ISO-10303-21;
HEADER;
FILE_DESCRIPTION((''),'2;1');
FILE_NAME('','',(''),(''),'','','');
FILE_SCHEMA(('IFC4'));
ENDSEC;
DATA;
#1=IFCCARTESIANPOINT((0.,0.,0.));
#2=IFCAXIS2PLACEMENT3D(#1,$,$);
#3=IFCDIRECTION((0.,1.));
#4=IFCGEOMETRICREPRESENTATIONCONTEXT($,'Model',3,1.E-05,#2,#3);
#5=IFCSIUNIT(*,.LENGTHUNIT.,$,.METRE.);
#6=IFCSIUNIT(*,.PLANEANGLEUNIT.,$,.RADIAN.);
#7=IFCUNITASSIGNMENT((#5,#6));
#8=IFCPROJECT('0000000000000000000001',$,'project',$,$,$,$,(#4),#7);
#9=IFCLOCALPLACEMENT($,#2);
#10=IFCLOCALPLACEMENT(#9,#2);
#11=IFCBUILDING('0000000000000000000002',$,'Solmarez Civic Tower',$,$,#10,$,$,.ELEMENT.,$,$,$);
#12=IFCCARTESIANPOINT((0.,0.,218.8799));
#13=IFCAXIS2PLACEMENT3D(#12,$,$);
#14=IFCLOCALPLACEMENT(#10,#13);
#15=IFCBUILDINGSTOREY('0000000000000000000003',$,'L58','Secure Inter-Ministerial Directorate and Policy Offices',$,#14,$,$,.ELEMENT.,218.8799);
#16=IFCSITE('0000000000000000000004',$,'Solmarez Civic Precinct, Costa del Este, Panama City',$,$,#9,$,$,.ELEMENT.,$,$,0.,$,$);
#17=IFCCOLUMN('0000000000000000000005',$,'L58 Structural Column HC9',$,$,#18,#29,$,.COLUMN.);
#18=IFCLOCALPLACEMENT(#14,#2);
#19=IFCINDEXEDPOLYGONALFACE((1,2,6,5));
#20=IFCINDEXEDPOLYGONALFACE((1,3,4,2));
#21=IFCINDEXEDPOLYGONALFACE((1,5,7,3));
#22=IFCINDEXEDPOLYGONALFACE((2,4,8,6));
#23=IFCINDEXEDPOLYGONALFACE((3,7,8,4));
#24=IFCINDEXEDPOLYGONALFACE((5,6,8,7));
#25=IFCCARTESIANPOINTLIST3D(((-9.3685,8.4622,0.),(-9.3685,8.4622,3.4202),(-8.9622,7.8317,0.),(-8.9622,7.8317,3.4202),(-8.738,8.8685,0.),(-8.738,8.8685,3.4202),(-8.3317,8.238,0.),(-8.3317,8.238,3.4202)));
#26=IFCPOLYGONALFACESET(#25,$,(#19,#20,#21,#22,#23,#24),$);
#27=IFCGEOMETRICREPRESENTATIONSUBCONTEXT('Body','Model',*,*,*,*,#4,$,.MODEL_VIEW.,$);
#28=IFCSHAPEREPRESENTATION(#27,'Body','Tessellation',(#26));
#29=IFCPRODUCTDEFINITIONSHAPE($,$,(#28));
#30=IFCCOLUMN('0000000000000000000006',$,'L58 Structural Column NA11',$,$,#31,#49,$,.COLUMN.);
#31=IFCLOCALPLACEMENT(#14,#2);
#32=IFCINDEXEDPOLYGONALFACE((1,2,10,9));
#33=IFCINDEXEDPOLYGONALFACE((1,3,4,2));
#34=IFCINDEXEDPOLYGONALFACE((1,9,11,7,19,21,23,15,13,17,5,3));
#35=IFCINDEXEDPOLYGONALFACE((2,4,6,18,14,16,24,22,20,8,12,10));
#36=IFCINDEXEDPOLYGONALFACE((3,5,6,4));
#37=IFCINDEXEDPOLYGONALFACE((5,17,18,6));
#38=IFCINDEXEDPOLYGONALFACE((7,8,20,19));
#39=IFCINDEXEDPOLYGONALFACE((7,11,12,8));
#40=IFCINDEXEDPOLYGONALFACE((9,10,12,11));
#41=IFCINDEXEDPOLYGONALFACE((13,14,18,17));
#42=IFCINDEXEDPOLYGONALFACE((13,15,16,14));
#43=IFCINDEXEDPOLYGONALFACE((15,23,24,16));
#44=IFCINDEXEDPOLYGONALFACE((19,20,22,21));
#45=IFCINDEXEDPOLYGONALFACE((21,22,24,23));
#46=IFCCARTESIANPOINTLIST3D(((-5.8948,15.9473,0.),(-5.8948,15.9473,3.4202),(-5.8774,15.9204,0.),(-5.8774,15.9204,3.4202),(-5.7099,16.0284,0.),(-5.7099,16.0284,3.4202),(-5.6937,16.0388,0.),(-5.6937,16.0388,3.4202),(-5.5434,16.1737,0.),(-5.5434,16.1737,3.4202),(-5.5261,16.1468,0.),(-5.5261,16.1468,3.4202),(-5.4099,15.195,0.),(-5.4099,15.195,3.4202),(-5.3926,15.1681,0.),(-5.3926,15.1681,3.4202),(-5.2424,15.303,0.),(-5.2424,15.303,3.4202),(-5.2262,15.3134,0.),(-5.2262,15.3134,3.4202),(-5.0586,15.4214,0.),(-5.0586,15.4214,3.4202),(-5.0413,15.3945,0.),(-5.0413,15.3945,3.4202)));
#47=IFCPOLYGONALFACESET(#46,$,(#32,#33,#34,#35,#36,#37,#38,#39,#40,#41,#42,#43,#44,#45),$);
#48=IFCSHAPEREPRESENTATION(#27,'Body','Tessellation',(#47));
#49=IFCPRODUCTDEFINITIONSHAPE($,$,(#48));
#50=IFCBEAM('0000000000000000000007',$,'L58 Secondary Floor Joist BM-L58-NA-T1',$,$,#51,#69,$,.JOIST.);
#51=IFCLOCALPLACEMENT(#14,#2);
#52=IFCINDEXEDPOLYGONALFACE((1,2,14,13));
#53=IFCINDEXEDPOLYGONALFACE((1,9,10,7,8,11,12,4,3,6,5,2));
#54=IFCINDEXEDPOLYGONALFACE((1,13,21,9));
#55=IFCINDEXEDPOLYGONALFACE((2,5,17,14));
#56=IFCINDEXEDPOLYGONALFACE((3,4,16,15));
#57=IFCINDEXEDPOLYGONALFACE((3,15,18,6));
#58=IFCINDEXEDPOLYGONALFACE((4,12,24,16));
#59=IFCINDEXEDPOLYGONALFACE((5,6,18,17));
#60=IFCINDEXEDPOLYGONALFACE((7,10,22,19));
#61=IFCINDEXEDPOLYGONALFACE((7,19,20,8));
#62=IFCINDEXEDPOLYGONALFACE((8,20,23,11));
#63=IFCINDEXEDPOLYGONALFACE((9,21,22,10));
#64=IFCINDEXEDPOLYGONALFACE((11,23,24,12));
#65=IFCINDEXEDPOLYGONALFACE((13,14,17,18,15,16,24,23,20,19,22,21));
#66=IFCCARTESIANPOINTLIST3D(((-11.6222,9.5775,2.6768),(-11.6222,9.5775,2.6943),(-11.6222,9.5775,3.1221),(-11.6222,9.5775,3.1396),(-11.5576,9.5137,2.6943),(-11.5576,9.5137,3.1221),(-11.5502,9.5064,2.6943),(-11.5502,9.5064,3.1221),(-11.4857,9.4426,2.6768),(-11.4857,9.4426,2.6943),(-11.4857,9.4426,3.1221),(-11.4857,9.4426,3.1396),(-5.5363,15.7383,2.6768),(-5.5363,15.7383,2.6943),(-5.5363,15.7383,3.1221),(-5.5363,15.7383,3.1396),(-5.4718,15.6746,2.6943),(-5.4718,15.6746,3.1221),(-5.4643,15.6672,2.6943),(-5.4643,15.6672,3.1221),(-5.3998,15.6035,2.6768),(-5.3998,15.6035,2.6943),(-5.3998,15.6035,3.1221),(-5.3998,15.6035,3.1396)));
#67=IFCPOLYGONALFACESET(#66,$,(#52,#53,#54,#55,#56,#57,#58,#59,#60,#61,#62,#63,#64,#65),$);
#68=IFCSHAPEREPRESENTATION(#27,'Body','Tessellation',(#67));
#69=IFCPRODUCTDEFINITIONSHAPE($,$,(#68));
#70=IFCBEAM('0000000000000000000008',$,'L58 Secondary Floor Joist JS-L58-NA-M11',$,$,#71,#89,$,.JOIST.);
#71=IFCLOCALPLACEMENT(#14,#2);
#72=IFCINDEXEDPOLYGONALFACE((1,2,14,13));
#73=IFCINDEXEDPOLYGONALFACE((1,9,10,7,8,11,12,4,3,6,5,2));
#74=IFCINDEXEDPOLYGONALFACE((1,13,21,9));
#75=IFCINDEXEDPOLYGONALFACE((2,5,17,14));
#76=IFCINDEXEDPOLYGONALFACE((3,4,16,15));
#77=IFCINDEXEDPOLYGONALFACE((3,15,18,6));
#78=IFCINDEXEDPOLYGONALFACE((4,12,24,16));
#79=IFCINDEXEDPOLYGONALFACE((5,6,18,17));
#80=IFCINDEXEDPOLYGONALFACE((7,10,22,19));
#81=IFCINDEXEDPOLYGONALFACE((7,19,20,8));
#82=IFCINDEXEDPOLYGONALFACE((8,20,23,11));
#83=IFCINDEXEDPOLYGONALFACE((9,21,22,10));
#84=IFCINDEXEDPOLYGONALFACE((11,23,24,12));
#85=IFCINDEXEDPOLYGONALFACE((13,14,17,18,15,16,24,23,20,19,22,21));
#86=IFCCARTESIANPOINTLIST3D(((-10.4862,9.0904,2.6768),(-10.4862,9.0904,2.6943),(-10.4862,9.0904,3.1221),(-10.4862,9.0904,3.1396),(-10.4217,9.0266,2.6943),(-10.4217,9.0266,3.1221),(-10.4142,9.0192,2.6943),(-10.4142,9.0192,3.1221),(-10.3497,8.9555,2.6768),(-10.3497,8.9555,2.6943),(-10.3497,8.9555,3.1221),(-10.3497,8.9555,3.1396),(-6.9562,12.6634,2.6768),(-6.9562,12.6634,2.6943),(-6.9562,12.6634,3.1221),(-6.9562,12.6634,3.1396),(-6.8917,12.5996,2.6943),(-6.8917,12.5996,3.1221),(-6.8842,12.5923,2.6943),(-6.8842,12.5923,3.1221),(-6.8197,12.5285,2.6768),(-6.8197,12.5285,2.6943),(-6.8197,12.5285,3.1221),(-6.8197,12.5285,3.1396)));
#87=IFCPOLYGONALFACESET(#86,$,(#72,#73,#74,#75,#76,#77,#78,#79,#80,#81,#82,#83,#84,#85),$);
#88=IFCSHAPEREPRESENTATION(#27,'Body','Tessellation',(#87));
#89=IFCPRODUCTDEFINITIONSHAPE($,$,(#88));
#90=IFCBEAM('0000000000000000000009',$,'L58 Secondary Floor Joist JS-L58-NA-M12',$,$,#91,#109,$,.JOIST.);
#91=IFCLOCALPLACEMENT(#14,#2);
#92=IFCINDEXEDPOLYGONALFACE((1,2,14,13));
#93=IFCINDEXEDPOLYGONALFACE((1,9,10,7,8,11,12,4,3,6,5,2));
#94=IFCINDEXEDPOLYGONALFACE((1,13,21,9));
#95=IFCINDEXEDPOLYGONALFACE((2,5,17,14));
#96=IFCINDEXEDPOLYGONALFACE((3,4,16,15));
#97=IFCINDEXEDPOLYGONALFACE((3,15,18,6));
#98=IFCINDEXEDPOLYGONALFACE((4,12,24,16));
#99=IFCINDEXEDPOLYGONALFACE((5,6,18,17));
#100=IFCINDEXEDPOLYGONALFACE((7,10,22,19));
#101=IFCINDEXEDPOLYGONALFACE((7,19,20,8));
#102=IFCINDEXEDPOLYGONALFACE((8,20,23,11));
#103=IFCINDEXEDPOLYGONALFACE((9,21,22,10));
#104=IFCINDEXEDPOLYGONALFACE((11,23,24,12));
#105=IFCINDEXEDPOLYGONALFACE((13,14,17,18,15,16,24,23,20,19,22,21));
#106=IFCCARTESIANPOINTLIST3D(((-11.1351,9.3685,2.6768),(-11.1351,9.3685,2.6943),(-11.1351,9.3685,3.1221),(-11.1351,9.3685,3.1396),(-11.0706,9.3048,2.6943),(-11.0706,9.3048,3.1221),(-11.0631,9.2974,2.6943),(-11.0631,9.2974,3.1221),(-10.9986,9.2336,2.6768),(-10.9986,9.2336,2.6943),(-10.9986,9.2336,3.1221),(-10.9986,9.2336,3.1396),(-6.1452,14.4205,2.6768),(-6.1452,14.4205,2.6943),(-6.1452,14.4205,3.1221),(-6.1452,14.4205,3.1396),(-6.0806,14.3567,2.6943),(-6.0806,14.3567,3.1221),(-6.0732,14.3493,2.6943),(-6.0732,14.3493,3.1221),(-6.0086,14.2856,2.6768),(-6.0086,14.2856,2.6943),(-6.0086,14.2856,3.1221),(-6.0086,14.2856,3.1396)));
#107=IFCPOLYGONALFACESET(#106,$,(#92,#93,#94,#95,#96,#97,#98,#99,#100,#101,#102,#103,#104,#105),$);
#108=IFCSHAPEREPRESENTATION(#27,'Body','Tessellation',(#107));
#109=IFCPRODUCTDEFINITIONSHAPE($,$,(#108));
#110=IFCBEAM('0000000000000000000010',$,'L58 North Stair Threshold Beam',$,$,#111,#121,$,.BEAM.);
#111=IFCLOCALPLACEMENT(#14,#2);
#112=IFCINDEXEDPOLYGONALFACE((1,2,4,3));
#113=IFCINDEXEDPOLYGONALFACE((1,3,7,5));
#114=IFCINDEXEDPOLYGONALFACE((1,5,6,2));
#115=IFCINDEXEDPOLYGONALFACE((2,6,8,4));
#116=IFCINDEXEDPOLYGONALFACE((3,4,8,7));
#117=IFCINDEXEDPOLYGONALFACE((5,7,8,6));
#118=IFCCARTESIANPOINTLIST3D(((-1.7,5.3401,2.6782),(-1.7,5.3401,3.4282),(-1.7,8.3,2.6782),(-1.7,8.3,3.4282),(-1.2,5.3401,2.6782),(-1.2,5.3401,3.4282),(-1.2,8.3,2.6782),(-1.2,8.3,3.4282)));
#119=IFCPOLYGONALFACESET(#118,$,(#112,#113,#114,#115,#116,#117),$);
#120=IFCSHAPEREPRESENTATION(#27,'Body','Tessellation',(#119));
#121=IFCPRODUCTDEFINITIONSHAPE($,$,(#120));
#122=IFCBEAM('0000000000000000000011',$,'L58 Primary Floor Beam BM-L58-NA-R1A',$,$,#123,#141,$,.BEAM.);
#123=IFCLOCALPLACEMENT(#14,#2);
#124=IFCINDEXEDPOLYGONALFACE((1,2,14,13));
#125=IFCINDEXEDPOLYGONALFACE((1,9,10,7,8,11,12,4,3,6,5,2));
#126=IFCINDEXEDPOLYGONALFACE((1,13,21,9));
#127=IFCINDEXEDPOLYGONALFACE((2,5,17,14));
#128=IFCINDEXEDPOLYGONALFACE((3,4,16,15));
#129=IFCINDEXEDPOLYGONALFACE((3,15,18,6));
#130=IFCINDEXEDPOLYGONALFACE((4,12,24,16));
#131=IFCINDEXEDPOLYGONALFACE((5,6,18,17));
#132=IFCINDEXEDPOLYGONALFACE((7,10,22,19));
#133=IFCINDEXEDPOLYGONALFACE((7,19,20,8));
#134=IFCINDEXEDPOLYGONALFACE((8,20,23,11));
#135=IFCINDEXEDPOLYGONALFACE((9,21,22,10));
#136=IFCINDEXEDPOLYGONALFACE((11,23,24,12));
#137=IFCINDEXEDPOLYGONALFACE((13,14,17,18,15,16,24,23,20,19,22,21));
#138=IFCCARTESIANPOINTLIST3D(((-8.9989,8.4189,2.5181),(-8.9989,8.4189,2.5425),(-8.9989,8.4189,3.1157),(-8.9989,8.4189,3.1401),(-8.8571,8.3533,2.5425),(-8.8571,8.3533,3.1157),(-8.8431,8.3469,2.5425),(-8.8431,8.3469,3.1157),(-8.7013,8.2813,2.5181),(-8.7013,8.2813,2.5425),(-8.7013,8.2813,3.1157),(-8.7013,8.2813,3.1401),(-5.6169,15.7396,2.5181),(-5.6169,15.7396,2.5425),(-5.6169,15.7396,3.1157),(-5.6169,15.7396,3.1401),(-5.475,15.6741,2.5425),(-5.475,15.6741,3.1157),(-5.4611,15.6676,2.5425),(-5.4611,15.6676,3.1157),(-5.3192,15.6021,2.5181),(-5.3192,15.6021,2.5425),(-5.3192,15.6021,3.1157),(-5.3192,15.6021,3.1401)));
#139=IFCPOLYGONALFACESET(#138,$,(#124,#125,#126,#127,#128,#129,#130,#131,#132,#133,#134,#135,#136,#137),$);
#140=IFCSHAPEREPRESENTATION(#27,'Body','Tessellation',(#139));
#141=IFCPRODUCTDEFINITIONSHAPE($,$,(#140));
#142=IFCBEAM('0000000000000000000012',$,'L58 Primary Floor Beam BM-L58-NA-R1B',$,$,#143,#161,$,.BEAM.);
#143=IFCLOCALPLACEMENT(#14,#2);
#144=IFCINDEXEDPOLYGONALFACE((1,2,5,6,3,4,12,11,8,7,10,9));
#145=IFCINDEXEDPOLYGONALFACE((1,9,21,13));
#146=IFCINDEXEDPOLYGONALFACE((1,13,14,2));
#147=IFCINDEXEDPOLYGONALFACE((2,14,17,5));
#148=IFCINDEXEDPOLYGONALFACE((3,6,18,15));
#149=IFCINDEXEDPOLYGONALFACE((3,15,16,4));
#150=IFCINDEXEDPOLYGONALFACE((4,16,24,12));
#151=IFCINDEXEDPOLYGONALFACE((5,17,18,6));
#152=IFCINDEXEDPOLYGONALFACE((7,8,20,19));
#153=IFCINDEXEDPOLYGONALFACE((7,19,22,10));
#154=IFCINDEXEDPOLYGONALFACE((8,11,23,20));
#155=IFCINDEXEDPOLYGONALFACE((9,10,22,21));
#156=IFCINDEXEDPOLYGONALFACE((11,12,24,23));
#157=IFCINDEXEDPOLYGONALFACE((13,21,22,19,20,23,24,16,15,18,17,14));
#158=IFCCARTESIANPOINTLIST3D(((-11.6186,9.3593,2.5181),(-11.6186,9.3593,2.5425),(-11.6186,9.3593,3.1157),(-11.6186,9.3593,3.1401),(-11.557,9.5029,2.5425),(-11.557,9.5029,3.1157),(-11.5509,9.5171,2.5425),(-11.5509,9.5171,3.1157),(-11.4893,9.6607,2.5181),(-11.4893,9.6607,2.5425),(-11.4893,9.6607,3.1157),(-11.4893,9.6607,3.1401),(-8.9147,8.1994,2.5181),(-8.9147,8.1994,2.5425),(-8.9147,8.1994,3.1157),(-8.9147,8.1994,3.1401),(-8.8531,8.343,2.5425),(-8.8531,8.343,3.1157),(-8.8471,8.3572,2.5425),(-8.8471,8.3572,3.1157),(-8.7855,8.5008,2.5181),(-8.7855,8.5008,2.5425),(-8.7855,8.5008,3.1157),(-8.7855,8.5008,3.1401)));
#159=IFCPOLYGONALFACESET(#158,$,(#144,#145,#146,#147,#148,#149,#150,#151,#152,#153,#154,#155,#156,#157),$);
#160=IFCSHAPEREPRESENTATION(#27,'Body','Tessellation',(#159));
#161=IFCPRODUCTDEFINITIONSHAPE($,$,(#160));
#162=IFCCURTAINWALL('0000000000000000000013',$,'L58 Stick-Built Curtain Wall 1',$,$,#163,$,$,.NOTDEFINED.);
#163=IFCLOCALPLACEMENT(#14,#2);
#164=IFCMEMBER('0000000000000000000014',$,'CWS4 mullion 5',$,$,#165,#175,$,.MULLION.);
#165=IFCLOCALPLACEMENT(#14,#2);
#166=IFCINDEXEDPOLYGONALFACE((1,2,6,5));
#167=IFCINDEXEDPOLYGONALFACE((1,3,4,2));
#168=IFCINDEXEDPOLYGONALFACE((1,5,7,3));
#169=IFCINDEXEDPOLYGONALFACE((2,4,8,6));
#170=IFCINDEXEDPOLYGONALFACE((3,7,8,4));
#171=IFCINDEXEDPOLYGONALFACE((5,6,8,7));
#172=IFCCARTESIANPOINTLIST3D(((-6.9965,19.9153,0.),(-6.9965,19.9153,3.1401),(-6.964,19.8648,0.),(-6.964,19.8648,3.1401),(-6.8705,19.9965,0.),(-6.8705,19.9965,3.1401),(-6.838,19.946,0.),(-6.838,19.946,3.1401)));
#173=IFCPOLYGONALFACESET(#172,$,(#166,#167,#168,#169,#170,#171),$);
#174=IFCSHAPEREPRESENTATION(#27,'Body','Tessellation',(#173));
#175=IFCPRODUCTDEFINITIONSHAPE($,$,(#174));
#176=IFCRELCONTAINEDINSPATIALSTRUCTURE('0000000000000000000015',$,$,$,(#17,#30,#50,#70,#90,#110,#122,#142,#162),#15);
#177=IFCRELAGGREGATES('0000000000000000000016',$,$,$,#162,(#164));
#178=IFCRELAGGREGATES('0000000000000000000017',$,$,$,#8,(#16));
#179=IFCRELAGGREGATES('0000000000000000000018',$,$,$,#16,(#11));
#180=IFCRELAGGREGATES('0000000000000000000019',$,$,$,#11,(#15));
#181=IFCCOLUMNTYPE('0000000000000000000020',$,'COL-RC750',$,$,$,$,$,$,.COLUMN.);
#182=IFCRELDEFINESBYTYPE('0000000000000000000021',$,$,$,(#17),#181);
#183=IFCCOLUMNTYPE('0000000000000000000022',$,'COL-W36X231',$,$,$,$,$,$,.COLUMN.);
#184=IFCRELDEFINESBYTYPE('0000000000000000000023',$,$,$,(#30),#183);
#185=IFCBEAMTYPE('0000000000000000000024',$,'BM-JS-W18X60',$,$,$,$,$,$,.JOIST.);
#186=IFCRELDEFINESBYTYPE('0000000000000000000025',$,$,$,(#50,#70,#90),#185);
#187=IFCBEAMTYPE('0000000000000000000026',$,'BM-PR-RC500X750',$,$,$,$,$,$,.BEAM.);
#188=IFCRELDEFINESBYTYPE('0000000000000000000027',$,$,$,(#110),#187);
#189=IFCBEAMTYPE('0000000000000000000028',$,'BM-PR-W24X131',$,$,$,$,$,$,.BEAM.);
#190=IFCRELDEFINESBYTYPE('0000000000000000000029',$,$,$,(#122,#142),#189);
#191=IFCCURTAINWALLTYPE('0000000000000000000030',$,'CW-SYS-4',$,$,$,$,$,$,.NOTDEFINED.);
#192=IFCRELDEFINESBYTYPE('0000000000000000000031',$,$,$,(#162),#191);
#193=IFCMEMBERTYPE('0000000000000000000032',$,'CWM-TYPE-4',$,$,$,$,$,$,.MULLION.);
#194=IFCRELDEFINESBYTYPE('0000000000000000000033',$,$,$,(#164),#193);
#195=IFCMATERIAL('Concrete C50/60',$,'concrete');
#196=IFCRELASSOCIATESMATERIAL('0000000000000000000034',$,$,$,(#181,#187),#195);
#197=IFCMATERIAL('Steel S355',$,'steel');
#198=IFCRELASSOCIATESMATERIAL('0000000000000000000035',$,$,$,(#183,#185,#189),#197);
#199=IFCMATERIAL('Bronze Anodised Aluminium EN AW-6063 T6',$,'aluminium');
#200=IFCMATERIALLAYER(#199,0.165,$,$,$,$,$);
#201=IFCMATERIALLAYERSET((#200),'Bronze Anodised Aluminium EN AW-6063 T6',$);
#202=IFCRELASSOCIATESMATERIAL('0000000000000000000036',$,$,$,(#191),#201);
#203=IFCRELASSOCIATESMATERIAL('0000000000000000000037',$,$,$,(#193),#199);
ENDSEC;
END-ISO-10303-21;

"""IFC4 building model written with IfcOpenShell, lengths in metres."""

from ifc_helpers import new_model, si_unit, direction, frame, origin, origin_2d, place, context, subcontext, project, spatial, rectangle, i_section, extrude, material, layer, layer_set, material_profile, profile_set, type_object, element, aggregate, save


model = new_model("IFC4")

# Units and contexts
model_context = context("Model", 3, precision=1e-05, world=origin(), true_north=direction((0.0, 1.0)))
body_context = subcontext(model_context, "Body", "Model", "MODEL_VIEW")
ifc_project = project(units=[si_unit("LENGTHUNIT", "METRE"), si_unit("PLANEANGLEUNIT", "RADIAN")], contexts=[model_context])

# Site, building, storey
site_placement = place(None, origin())
site = spatial("IfcSite", under=ifc_project, at=site_placement, Name="Solmarez Civic Precinct, Costa del Este, Panama City", CompositionType="ELEMENT", RefElevation=0.0)
building_placement = place(site_placement, origin())
building = spatial("IfcBuilding", under=site, at=building_placement, Name="Solmarez Civic Tower", CompositionType="ELEMENT")
storey_placement = place(building_placement, frame((0.0, 0.0, 218.8799)))
storey = spatial("IfcBuildingStorey", under=building, at=storey_placement, Name="L58", Description="Secure Inter-Ministerial Directorate and Policy Offices", CompositionType="ELEMENT", Elevation=218.8799)

# Columns
ifc_material_1 = material(Name="Concrete C50/60", Category="concrete")
ifc_material_profile_1 = material_profile(ifc_material_1, rectangle(XDim=0.75, YDim=0.75, at=origin_2d()), Name="RC750X750")
ifc_profile_set_1 = profile_set([ifc_material_profile_1], Name="Concrete C50/60")
column_type_1 = type_object("IfcColumnType", Name="COL-RC750", PredefinedType="COLUMN", material=ifc_profile_set_1)
column_1_placement = place(storey_placement, frame((-8.8501, 8.3501, 0.0), z_axis=(0.0, 0.0, 1.0), x_axis=(0.840567, 0.541708, 0.0)))
element("IfcColumn", 1, at=column_1_placement, inside=storey, type_object=column_type_1, Name="L58 Structural Column HC9", PredefinedType="COLUMN", context=body_context, shape_type="SweptSolid", body=[
    extrude(rectangle(XDim=0.75, YDim=0.75, at=origin_2d()), origin(), (0.0, 0.0, 1.0), 3.4202),
])
ifc_material_2 = material(Name="Steel S355", Category="steel")
ifc_material_profile_2 = material_profile(ifc_material_2, i_section(OverallWidth=0.418, OverallDepth=0.927, WebThickness=0.0193, FlangeThickness=0.032, at=origin_2d()), Name="W36X231")
ifc_profile_set_2 = profile_set([ifc_material_profile_2], Name="Steel S355")
column_type_2 = type_object("IfcColumnType", Name="COL-W36X231", PredefinedType="COLUMN", material=ifc_profile_set_2)
column_2_placement = place(storey_placement, frame((-5.468, 15.6709, 0.0), z_axis=(0.0, 0.0, 1.0), x_axis=(0.840567, 0.541708, 0.0)))
element("IfcColumn", 2, at=column_2_placement, inside=storey, type_object=column_type_2, Name="L58 Structural Column NA11", PredefinedType="COLUMN", context=body_context, shape_type="SweptSolid", body=[
    extrude(i_section(OverallWidth=0.418, OverallDepth=0.927, WebThickness=0.0193, FlangeThickness=0.032, at=origin_2d()), origin(), (0.0, 0.0, 1.0), 3.4202),
])

# Beams
ifc_material_profile_3 = material_profile(ifc_material_2, i_section(OverallWidth=0.1919, OverallDepth=0.4629, WebThickness=0.0105, FlangeThickness=0.0176, at=origin_2d()), Name="W18X60")
ifc_profile_set_3 = profile_set([ifc_material_profile_3], Name="Steel S355")
beam_type_1 = type_object("IfcBeamType", Name="BM-JS-W18X60", PredefinedType="JOIST", material=ifc_profile_set_3)
beam_1_placement = place(storey_placement, frame((-5.468, 15.6709, 2.9082), z_axis=(-0.702766, -0.711421, 0.0), x_axis=(0.711421, -0.702766, 0.0)))
element("IfcBeam", 3, at=beam_1_placement, inside=storey, type_object=beam_type_1, Name="L58 Secondary Floor Joist BM-L58-NA-T1", PredefinedType="JOIST", context=body_context, shape_type="SweptSolid", body=[
    extrude(i_section(OverallWidth=0.1919, OverallDepth=0.4629, WebThickness=0.0105, FlangeThickness=0.0176, at=origin_2d()), origin(), (0.0, 0.0, 1.0), 8.6599),
])
beam_2_placement = place(storey_placement, frame((-6.8879, 12.5959, 2.9082), z_axis=(-0.702816, -0.711371, 0.0), x_axis=(0.711371, -0.702816, 0.0)))
element("IfcBeam", 4, at=beam_2_placement, inside=storey, type_object=beam_type_1, Name="L58 Secondary Floor Joist JS-L58-NA-M11", PredefinedType="JOIST", context=body_context, shape_type="SweptSolid", body=[
    extrude(i_section(OverallWidth=0.1919, OverallDepth=0.4629, WebThickness=0.0105, FlangeThickness=0.0176, at=origin_2d()), origin(), (0.0, 0.0, 1.0), 5.0227),
])
beam_3_placement = place(storey_placement, frame((-6.0769, 14.353, 2.9082), z_axis=(-0.702727, -0.71146, 0.0), x_axis=(0.71146, -0.702727, 0.0)))
element("IfcBeam", 5, at=beam_3_placement, inside=storey, type_object=beam_type_1, Name="L58 Secondary Floor Joist JS-L58-NA-M12", PredefinedType="JOIST", context=body_context, shape_type="SweptSolid", body=[
    extrude(i_section(OverallWidth=0.1919, OverallDepth=0.4629, WebThickness=0.0105, FlangeThickness=0.0176, at=origin_2d()), origin(), (0.0, 0.0, 1.0), 7.1008),
])
ifc_material_profile_4 = material_profile(ifc_material_1, rectangle(XDim=0.5, YDim=0.75, at=origin_2d()), Name="RC500X750")
ifc_profile_set_4 = profile_set([ifc_material_profile_4], Name="Concrete C50/60")
beam_type_2 = type_object("IfcBeamType", Name="BM-PR-RC500X750", PredefinedType="BEAM", material=ifc_profile_set_4)
beam_4_placement = place(storey_placement, frame((-1.45, 5.3401, 3.0532), z_axis=(0.0, 1.0, 0.0), x_axis=(-1.0, 0.0, 0.0)))
element("IfcBeam", 6, at=beam_4_placement, inside=storey, type_object=beam_type_2, Name="L58 North Stair Threshold Beam", PredefinedType="BEAM", context=body_context, shape_type="SweptSolid", body=[
    extrude(rectangle(XDim=0.5, YDim=0.75, at=origin_2d()), origin(), (0.0, 0.0, 1.0), 2.96),
])
ifc_material_profile_5 = material_profile(ifc_material_2, i_section(OverallWidth=0.3279, OverallDepth=0.6221, WebThickness=0.0154, FlangeThickness=0.0244, at=origin_2d()), Name="W24X131")
ifc_profile_set_5 = profile_set([ifc_material_profile_5], Name="Steel S355")
beam_type_3 = type_object("IfcBeamType", Name="BM-PR-W24X131", PredefinedType="BEAM", material=ifc_profile_set_5)
beam_5_placement = place(storey_placement, frame((-8.8501, 8.3501, 2.8291), z_axis=(0.41939, 0.907806, 0.0), x_axis=(-0.907806, 0.41939, 0.0)))
element("IfcBeam", 7, at=beam_5_placement, inside=storey, type_object=beam_type_3, Name="L58 Primary Floor Beam BM-L58-NA-R1A", PredefinedType="BEAM", context=body_context, shape_type="SweptSolid", body=[
    extrude(i_section(OverallWidth=0.3279, OverallDepth=0.6221, WebThickness=0.0154, FlangeThickness=0.0244, at=origin_2d()), origin(), (0.0, 0.0, 1.0), 8.0642),
])
beam_6_placement = place(storey_placement, frame((-8.8501, 8.3501, 2.8291), z_axis=(-0.919008, 0.39424, 0.0), x_axis=(-0.39424, -0.919008, 0.0)))
element("IfcBeam", 8, at=beam_6_placement, inside=storey, type_object=beam_type_3, Name="L58 Primary Floor Beam BM-L58-NA-R1B", PredefinedType="BEAM", context=body_context, shape_type="SweptSolid", body=[
    extrude(i_section(OverallWidth=0.3279, OverallDepth=0.6221, WebThickness=0.0154, FlangeThickness=0.0244, at=origin_2d()), origin(), (0.0, 0.0, 1.0), 2.9421),
])

# Curtain wall, member
ifc_material_3 = material(Name="Bronze Anodised Aluminium EN AW-6063 T6", Category="aluminium")
ifc_layer_1 = layer(ifc_material_3, 0.165)
ifc_layer_set_1 = layer_set([ifc_layer_1], Name="Bronze Anodised Aluminium EN AW-6063 T6")
curtain_wall_type = type_object("IfcCurtainWallType", Name="CW-SYS-4", PredefinedType="NOTDEFINED", material=ifc_layer_set_1)
curtain_wall_placement = place(storey_placement, origin())
curtain_wall = element("IfcCurtainWall", 9, at=curtain_wall_placement, inside=storey, type_object=curtain_wall_type, Name="L58 Stick-Built Curtain Wall 1", PredefinedType="NOTDEFINED")
ifc_material_profile_6 = material_profile(ifc_material_3, rectangle(XDim=0.0601, YDim=0.1499, at=origin_2d()), Name="CWM-60X150")
ifc_profile_set_6 = profile_set([ifc_material_profile_6], Name="Bronze Anodised Aluminium EN AW-6063 T6")
member_type = type_object("IfcMemberType", Name="CWM-TYPE-4", PredefinedType="MULLION", material=ifc_profile_set_6)
member_placement = place(storey_placement, frame((-6.9172, 19.9307, 0.0), z_axis=(0.0, 0.0, 1.0), x_axis=(-0.541714, 0.840563, 0.0)))
member = element("IfcMember", 10, at=member_placement, type_object=member_type, Name="CWS4 mullion 5", PredefinedType="MULLION", context=body_context, shape_type="SweptSolid", body=[
    extrude(rectangle(XDim=0.0601, YDim=0.1499, at=origin_2d()), origin(), (0.0, 0.0, 1.0), 3.1401),
])
aggregate(curtain_wall, [member])

save(model, "model.ifc")
